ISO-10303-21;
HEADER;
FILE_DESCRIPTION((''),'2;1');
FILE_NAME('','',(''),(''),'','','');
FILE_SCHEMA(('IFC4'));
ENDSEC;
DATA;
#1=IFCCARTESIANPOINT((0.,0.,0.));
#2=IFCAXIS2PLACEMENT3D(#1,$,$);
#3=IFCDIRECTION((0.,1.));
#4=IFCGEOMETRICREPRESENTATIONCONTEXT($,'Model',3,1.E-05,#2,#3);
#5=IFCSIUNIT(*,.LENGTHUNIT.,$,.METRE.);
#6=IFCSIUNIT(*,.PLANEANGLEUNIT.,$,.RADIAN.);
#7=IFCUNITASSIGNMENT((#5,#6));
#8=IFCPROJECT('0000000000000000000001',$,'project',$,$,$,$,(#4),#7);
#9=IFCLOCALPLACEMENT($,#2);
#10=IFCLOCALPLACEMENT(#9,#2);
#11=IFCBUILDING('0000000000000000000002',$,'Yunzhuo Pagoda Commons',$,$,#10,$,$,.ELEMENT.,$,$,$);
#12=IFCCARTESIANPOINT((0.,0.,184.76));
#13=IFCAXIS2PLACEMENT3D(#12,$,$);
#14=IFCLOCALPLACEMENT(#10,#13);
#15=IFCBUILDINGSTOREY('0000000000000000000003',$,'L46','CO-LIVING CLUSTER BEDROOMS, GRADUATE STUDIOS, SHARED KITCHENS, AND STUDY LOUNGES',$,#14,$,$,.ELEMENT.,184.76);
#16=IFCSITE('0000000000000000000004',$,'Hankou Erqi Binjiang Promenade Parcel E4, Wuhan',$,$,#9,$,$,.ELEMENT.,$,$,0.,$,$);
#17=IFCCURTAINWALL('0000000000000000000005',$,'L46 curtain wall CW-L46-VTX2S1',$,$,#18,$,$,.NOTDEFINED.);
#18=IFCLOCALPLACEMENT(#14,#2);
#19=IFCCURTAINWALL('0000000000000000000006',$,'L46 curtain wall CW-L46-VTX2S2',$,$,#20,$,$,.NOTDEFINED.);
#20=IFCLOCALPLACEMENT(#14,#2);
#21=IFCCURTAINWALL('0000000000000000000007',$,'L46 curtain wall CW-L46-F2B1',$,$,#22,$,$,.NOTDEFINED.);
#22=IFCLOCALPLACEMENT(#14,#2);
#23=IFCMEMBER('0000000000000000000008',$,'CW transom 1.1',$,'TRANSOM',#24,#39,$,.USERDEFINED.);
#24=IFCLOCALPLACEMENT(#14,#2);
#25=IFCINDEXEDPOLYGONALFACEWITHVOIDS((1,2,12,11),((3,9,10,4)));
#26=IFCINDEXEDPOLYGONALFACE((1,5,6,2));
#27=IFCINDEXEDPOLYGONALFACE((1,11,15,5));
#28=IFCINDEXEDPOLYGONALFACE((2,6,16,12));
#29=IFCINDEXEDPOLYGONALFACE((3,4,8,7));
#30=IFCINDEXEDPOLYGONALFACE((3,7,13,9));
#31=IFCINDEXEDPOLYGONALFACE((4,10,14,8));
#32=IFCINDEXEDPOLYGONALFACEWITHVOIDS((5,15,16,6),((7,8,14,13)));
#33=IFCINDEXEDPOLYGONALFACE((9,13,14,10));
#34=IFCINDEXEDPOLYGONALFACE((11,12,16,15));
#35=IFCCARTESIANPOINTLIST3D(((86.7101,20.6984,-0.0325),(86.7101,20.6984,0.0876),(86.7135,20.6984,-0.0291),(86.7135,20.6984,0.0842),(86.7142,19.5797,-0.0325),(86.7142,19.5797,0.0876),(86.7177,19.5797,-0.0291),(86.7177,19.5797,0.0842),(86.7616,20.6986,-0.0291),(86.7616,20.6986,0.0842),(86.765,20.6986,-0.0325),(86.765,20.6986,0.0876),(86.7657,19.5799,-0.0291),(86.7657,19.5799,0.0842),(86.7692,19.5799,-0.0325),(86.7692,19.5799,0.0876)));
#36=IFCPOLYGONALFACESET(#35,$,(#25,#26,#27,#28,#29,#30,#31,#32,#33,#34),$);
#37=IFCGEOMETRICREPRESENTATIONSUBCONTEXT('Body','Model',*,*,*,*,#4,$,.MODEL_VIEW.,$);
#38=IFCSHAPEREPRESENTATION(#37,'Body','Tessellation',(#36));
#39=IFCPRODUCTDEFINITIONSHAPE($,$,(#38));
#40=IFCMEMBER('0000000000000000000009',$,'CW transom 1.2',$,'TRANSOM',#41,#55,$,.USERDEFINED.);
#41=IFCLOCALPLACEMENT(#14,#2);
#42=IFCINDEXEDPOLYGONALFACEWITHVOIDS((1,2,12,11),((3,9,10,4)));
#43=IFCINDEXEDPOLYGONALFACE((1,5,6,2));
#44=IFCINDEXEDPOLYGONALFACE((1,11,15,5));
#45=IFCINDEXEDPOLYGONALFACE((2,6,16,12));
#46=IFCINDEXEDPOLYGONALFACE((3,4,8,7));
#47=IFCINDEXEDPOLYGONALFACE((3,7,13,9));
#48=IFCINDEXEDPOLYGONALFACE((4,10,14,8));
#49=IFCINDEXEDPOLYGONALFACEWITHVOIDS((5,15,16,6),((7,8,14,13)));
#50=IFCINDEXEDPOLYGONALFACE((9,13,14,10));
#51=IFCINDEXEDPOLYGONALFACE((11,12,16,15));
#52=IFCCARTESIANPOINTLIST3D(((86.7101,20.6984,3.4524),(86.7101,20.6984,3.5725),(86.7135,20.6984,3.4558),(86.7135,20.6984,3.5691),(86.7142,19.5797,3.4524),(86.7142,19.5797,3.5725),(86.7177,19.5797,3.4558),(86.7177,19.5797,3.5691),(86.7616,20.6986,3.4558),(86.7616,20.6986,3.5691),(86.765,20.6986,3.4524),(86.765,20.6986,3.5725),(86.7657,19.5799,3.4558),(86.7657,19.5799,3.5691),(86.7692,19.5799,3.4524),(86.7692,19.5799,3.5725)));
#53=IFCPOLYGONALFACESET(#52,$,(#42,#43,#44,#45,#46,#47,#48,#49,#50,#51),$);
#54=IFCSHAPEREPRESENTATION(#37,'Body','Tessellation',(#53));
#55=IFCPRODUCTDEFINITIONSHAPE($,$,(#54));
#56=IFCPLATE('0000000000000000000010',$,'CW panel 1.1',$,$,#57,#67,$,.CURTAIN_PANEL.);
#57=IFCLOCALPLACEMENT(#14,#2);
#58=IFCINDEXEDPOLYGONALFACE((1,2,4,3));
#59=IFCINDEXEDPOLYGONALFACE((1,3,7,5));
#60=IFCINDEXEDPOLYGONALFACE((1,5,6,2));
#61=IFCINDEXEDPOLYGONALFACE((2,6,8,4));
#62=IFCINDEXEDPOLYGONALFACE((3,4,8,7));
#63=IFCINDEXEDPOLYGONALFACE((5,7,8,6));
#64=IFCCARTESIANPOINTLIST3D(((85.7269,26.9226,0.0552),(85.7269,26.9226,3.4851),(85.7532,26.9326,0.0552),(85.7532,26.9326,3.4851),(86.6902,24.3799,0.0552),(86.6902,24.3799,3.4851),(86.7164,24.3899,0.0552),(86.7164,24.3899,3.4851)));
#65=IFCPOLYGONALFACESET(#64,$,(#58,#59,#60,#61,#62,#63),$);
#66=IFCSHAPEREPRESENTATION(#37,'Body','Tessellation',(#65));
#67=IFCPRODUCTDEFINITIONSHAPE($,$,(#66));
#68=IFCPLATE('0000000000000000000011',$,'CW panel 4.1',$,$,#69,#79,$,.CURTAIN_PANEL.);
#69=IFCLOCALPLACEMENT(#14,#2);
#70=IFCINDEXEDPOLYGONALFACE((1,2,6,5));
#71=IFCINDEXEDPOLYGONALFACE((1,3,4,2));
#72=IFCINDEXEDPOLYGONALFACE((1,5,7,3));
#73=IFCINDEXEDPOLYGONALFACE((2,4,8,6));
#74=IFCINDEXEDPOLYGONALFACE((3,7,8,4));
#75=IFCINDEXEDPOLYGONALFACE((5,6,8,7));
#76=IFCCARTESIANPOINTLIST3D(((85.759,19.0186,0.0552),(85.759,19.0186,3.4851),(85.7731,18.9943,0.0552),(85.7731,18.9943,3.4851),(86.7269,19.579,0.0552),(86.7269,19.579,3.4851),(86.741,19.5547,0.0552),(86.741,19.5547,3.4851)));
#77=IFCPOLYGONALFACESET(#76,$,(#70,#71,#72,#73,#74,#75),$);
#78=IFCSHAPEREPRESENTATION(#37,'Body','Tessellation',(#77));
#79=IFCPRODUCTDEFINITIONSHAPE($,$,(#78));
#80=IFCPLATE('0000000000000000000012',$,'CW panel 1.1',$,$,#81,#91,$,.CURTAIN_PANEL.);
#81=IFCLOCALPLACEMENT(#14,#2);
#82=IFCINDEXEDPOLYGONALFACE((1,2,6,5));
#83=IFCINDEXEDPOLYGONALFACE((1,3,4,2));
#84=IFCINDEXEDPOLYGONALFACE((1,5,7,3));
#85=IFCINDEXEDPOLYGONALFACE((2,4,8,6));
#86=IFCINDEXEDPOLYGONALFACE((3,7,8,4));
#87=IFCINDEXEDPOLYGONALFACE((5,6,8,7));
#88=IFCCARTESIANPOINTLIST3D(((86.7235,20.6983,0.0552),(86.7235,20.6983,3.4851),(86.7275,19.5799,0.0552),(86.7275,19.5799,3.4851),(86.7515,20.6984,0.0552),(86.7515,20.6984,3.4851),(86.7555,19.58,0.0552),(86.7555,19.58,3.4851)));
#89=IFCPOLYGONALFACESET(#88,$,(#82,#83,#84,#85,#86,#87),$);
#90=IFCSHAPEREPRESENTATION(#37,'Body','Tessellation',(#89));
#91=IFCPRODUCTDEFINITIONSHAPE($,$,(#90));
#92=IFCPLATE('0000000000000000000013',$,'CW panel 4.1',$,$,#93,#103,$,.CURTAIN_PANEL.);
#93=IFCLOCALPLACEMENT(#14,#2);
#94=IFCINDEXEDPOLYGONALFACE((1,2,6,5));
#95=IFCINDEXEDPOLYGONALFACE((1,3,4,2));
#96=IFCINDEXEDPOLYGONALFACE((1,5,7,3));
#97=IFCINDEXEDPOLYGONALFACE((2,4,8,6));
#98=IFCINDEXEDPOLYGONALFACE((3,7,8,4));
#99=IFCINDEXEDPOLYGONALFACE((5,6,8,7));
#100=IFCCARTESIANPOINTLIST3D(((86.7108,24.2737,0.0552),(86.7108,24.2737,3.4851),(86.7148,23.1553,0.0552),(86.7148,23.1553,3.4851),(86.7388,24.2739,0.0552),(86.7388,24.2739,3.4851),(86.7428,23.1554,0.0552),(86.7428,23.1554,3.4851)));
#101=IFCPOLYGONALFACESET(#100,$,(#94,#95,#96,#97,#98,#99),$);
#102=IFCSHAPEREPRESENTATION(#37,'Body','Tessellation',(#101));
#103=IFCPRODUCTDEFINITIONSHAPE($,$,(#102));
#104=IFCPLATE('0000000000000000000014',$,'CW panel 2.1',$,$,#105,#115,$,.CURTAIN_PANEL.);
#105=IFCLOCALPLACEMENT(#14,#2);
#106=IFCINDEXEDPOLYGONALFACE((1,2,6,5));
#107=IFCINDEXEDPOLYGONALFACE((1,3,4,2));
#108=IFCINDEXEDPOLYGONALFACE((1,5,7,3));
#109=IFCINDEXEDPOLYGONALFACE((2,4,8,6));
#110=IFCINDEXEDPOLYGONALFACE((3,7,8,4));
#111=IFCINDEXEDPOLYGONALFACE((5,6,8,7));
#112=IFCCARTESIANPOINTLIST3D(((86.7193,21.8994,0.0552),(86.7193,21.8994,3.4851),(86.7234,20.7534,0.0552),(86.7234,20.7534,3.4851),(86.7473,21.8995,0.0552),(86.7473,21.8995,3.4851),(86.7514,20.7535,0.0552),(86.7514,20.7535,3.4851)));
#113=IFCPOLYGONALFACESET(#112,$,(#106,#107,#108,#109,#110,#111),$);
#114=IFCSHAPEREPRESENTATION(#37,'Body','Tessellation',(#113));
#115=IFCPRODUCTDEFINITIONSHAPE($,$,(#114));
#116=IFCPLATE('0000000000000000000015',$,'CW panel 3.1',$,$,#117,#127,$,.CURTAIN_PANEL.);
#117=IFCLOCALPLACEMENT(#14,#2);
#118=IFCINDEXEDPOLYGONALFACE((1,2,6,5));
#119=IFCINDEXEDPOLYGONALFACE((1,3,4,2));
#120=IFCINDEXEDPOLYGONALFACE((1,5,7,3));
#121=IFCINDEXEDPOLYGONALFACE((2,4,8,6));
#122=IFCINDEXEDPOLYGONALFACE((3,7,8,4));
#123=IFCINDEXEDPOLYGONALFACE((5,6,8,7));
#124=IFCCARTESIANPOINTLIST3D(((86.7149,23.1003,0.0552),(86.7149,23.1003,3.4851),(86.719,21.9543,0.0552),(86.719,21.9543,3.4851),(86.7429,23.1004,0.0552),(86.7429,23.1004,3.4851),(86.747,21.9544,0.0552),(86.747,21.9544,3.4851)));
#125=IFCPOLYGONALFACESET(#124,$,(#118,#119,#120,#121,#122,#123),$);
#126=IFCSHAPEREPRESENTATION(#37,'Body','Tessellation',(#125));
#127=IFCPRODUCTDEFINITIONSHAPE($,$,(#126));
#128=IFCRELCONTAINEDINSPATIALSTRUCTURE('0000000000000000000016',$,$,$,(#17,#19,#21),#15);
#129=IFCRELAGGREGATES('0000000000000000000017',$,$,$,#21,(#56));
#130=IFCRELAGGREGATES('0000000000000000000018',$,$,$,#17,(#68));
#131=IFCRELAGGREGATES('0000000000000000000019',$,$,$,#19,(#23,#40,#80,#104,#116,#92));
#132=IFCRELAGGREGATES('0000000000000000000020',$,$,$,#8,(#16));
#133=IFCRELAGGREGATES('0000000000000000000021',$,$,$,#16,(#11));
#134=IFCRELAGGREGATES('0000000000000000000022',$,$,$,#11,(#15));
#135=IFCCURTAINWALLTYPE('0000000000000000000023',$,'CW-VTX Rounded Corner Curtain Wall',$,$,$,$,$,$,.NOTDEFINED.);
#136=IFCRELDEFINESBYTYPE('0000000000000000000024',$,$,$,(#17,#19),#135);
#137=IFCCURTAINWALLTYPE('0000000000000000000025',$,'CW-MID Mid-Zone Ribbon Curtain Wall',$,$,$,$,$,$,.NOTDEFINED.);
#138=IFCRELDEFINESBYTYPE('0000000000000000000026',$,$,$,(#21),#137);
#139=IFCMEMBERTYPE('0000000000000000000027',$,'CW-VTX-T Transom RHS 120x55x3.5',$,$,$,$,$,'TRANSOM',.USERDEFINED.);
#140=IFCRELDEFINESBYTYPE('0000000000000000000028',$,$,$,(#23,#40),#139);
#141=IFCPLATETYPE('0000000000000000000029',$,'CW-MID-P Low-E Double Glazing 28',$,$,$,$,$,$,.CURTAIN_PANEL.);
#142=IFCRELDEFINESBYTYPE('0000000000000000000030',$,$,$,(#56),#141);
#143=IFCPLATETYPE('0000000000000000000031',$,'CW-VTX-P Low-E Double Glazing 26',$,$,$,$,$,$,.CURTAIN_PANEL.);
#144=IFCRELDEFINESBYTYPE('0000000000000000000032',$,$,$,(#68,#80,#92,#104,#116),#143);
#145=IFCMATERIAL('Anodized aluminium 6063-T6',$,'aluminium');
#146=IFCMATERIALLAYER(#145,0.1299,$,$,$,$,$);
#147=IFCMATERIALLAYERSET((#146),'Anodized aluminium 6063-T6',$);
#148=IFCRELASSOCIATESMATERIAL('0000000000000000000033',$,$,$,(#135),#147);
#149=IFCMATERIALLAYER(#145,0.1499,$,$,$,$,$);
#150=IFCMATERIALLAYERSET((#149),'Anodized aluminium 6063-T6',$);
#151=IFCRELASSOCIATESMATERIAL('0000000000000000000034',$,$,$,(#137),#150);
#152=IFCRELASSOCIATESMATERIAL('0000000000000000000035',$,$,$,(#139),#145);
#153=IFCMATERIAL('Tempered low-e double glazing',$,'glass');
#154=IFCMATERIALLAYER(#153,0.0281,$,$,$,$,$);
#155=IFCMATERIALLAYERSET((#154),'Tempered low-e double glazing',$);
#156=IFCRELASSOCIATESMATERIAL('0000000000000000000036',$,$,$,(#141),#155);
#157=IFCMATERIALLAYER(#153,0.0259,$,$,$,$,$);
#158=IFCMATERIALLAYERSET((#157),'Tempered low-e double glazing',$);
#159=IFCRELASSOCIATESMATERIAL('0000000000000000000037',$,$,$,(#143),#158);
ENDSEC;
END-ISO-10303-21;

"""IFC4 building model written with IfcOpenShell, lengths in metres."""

from ifc_helpers import new_model, si_unit, direction, frame, origin, origin_2d, place, context, subcontext, project, spatial, rectangle, hollow_rectangle, extrude, source, transform, mapped, material, layer, layer_set, material_profile, profile_set, type_object, element, aggregate, save


model = new_model("IFC4")

# Units and contexts
model_context = context("Model", 3, precision=1e-05, world=origin(), true_north=direction((0.0, 1.0)))
body_context = subcontext(model_context, "Body", "Model", "MODEL_VIEW")
ifc_project = project(units=[si_unit("LENGTHUNIT", "METRE"), si_unit("PLANEANGLEUNIT", "RADIAN")], contexts=[model_context])

# Site, building, storey
site_placement = place(None, origin())
site = spatial("IfcSite", under=ifc_project, at=site_placement, Name="Hankou Erqi Binjiang Promenade Parcel E4, Wuhan", CompositionType="ELEMENT", RefElevation=0.0)
building_placement = place(site_placement, origin())
building = spatial("IfcBuilding", under=site, at=building_placement, Name="Yunzhuo Pagoda Commons", CompositionType="ELEMENT")
storey_placement = place(building_placement, frame((0.0, 0.0, 184.76)))
storey = spatial("IfcBuildingStorey", under=building, at=storey_placement, Name="L46", Description="CO-LIVING CLUSTER BEDROOMS, GRADUATE STUDIOS, SHARED KITCHENS, AND STUDY LOUNGES", CompositionType="ELEMENT", Elevation=184.76)

# Curtain wall
ifc_material_1 = material(Name="Anodized aluminium 6063-T6", Category="aluminium")
ifc_layer_1 = layer(ifc_material_1, 0.1299)
ifc_layer_set_1 = layer_set([ifc_layer_1], Name="Anodized aluminium 6063-T6")
curtain_wall_type_1 = type_object("IfcCurtainWallType", Name="CW-VTX Rounded Corner Curtain Wall", PredefinedType="NOTDEFINED", material=ifc_layer_set_1)
curtain_wall_1_placement = place(storey_placement, origin())
curtain_wall_1 = element("IfcCurtainWall", 1, at=curtain_wall_1_placement, inside=storey, type_object=curtain_wall_type_1, Name="L46 curtain wall CW-L46-VTX2S1", PredefinedType="NOTDEFINED")

# Curtain wall
curtain_wall_2_placement = place(storey_placement, origin())
curtain_wall_2 = element("IfcCurtainWall", 2, at=curtain_wall_2_placement, inside=storey, type_object=curtain_wall_type_1, Name="L46 curtain wall CW-L46-VTX2S2", PredefinedType="NOTDEFINED")

# Shared definitions
ifc_layer_2 = layer(ifc_material_1, 0.1499)
ifc_layer_set_2 = layer_set([ifc_layer_2], Name="Anodized aluminium 6063-T6")
curtain_wall_type_2 = type_object("IfcCurtainWallType", Name="CW-MID Mid-Zone Ribbon Curtain Wall", PredefinedType="NOTDEFINED", material=ifc_layer_set_2)

# Curtain wall
curtain_wall_3_placement = place(storey_placement, origin())
curtain_wall_3 = element("IfcCurtainWall", 3, at=curtain_wall_3_placement, inside=storey, type_object=curtain_wall_type_2, Name="L46 curtain wall CW-L46-F2B1", PredefinedType="NOTDEFINED")

# Members
ifc_material_profile_1 = material_profile(ifc_material_1, hollow_rectangle(XDim=0.0549, YDim=0.1201, WallThickness=0.0034, at=origin_2d()), Name="Anodized aluminium 6063-T6")
ifc_profile_set_1 = profile_set([ifc_material_profile_1], Name="Anodized aluminium 6063-T6")
member_type_1 = type_object("IfcMemberType", Name="CW-VTX-T Transom RHS 120x55x3.5", ElementType="TRANSOM", PredefinedType="USERDEFINED", material=ifc_profile_set_1)
shared_shape_1 = source(origin(), body_context, "Body", "SweptSolid", [
    extrude(hollow_rectangle(XDim=0.0549, YDim=0.1201, WallThickness=0.0034, at=origin_2d()), origin(), (0.0, 0.0, 1.0), 1.1187),
])
member_1_placement = place(storey_placement, frame((86.7417, 19.5798, 0.0276), z_axis=(-0.00371, 0.999993, 0.0), x_axis=(-0.999993, -0.00371, 0.0)))
member_1 = element("IfcMember", 4, at=member_1_placement, type_object=member_type_1, Name="CW transom 1.1", ObjectType="TRANSOM", PredefinedType="USERDEFINED", context=body_context, shape_type="MappedRepresentation", body=[
    mapped(shared_shape_1, transform((0.0, 0.0, 0.0), scale=1.0)),
])
member_2_placement = place(storey_placement, frame((86.7417, 19.5798, 3.5125), z_axis=(-0.00371, 0.999993, 0.0), x_axis=(-0.999993, -0.00371, 0.0)))
member_2 = element("IfcMember", 5, at=member_2_placement, type_object=member_type_1, Name="CW transom 1.2", ObjectType="TRANSOM", PredefinedType="USERDEFINED", context=body_context, shape_type="MappedRepresentation", body=[
    mapped(shared_shape_1, transform((0.0, 0.0, 0.0), scale=1.0)),
])

# Plates
ifc_material_2 = material(Name="Tempered low-e double glazing", Category="glass")
ifc_layer_3 = layer(ifc_material_2, 0.0281)
ifc_layer_set_3 = layer_set([ifc_layer_3], Name="Tempered low-e double glazing")
plate_type_1 = type_object("IfcPlateType", Name="CW-MID-P Low-E Double Glazing 28", PredefinedType="CURTAIN_PANEL", material=ifc_layer_set_3)
shared_shape_2 = source(origin(), body_context, "Body", "SweptSolid", [
    extrude(rectangle(XDim=2.719, YDim=0.0281, at=origin_2d()), origin(), (0.0, 0.0, 1.0), 3.4299),
])
plate_1_placement = place(storey_placement, frame((86.2217, 25.6562, 0.0552), z_axis=(0.0, 0.0, 1.0), x_axis=(-0.354256, 0.935148, 0.0)))
plate_1 = element("IfcPlate", 6, at=plate_1_placement, type_object=plate_type_1, Name="CW panel 1.1", PredefinedType="CURTAIN_PANEL", context=body_context, shape_type="MappedRepresentation", body=[
    mapped(shared_shape_2, transform((0.0, 0.0, 0.0), scale=1.0)),
])
aggregate(curtain_wall_3, [plate_1])
ifc_layer_4 = layer(ifc_material_2, 0.0259)
ifc_layer_set_4 = layer_set([ifc_layer_4], Name="Tempered low-e double glazing")
plate_type_2 = type_object("IfcPlateType", Name="CW-VTX-P Low-E Double Glazing 26", PredefinedType="CURTAIN_PANEL", material=ifc_layer_set_4)
shared_shape_3 = source(origin(), body_context, "Body", "SweptSolid", [
    extrude(rectangle(XDim=1.1184, YDim=0.0281, at=origin_2d()), origin(), (0.0, 0.0, 1.0), 3.4299),
])
plate_2_placement = place(storey_placement, frame((86.25, 19.2866, 0.0552), z_axis=(0.0, 0.0, 1.0), x_axis=(0.865424, 0.50104, 0.0)))
plate_2 = element("IfcPlate", 7, at=plate_2_placement, type_object=plate_type_2, Name="CW panel 4.1", PredefinedType="CURTAIN_PANEL", context=body_context, shape_type="MappedRepresentation", body=[
    mapped(shared_shape_3, transform((0.0, 0.0, 0.0), scale=1.0)),
])
aggregate(curtain_wall_1, [plate_2])
plate_3_placement = place(storey_placement, frame((86.7395, 20.1392, 0.0552), z_axis=(0.0, 0.0, 1.0), x_axis=(-0.00358, 0.999994, 0.0)))
plate_3 = element("IfcPlate", 8, at=plate_3_placement, type_object=plate_type_2, Name="CW panel 1.1", PredefinedType="CURTAIN_PANEL", context=body_context, shape_type="MappedRepresentation", body=[
    mapped(shared_shape_3, transform((0.0, 0.0, 0.0), scale=1.0)),
])
plate_4_placement = place(storey_placement, frame((86.7268, 23.7146, 0.0552), z_axis=(0.0, 0.0, 1.0), x_axis=(-0.00358, 0.999994, 0.0)))
plate_4 = element("IfcPlate", 9, at=plate_4_placement, type_object=plate_type_2, Name="CW panel 4.1", PredefinedType="CURTAIN_PANEL", context=body_context, shape_type="MappedRepresentation", body=[
    mapped(shared_shape_3, transform((0.0, 0.0, 0.0), scale=1.0)),
])
shared_shape_4 = source(origin(), body_context, "Body", "SweptSolid", [
    extrude(rectangle(XDim=1.146, YDim=0.0281, at=origin_2d()), origin(), (0.0, 0.0, 1.0), 3.4299),
])
plate_5_placement = place(storey_placement, frame((86.7354, 21.3264, 0.0552), z_axis=(0.0, 0.0, 1.0), x_axis=(-0.00358, 0.999994, 0.0)))
plate_5 = element("IfcPlate", 10, at=plate_5_placement, type_object=plate_type_2, Name="CW panel 2.1", PredefinedType="CURTAIN_PANEL", context=body_context, shape_type="MappedRepresentation", body=[
    mapped(shared_shape_4, transform((0.0, 0.0, 0.0), scale=1.0)),
])
plate_6_placement = place(storey_placement, frame((86.731, 22.5273, 0.0552), z_axis=(0.0, 0.0, 1.0), x_axis=(-0.00358, 0.999994, 0.0)))
plate_6 = element("IfcPlate", 11, at=plate_6_placement, type_object=plate_type_2, Name="CW panel 3.1", PredefinedType="CURTAIN_PANEL", context=body_context, shape_type="MappedRepresentation", body=[
    mapped(shared_shape_4, transform((0.0, 0.0, 0.0), scale=1.0)),
])
aggregate(curtain_wall_2, [member_1, member_2, plate_3, plate_5, plate_6, plate_4])

save(model, "model.ifc")
